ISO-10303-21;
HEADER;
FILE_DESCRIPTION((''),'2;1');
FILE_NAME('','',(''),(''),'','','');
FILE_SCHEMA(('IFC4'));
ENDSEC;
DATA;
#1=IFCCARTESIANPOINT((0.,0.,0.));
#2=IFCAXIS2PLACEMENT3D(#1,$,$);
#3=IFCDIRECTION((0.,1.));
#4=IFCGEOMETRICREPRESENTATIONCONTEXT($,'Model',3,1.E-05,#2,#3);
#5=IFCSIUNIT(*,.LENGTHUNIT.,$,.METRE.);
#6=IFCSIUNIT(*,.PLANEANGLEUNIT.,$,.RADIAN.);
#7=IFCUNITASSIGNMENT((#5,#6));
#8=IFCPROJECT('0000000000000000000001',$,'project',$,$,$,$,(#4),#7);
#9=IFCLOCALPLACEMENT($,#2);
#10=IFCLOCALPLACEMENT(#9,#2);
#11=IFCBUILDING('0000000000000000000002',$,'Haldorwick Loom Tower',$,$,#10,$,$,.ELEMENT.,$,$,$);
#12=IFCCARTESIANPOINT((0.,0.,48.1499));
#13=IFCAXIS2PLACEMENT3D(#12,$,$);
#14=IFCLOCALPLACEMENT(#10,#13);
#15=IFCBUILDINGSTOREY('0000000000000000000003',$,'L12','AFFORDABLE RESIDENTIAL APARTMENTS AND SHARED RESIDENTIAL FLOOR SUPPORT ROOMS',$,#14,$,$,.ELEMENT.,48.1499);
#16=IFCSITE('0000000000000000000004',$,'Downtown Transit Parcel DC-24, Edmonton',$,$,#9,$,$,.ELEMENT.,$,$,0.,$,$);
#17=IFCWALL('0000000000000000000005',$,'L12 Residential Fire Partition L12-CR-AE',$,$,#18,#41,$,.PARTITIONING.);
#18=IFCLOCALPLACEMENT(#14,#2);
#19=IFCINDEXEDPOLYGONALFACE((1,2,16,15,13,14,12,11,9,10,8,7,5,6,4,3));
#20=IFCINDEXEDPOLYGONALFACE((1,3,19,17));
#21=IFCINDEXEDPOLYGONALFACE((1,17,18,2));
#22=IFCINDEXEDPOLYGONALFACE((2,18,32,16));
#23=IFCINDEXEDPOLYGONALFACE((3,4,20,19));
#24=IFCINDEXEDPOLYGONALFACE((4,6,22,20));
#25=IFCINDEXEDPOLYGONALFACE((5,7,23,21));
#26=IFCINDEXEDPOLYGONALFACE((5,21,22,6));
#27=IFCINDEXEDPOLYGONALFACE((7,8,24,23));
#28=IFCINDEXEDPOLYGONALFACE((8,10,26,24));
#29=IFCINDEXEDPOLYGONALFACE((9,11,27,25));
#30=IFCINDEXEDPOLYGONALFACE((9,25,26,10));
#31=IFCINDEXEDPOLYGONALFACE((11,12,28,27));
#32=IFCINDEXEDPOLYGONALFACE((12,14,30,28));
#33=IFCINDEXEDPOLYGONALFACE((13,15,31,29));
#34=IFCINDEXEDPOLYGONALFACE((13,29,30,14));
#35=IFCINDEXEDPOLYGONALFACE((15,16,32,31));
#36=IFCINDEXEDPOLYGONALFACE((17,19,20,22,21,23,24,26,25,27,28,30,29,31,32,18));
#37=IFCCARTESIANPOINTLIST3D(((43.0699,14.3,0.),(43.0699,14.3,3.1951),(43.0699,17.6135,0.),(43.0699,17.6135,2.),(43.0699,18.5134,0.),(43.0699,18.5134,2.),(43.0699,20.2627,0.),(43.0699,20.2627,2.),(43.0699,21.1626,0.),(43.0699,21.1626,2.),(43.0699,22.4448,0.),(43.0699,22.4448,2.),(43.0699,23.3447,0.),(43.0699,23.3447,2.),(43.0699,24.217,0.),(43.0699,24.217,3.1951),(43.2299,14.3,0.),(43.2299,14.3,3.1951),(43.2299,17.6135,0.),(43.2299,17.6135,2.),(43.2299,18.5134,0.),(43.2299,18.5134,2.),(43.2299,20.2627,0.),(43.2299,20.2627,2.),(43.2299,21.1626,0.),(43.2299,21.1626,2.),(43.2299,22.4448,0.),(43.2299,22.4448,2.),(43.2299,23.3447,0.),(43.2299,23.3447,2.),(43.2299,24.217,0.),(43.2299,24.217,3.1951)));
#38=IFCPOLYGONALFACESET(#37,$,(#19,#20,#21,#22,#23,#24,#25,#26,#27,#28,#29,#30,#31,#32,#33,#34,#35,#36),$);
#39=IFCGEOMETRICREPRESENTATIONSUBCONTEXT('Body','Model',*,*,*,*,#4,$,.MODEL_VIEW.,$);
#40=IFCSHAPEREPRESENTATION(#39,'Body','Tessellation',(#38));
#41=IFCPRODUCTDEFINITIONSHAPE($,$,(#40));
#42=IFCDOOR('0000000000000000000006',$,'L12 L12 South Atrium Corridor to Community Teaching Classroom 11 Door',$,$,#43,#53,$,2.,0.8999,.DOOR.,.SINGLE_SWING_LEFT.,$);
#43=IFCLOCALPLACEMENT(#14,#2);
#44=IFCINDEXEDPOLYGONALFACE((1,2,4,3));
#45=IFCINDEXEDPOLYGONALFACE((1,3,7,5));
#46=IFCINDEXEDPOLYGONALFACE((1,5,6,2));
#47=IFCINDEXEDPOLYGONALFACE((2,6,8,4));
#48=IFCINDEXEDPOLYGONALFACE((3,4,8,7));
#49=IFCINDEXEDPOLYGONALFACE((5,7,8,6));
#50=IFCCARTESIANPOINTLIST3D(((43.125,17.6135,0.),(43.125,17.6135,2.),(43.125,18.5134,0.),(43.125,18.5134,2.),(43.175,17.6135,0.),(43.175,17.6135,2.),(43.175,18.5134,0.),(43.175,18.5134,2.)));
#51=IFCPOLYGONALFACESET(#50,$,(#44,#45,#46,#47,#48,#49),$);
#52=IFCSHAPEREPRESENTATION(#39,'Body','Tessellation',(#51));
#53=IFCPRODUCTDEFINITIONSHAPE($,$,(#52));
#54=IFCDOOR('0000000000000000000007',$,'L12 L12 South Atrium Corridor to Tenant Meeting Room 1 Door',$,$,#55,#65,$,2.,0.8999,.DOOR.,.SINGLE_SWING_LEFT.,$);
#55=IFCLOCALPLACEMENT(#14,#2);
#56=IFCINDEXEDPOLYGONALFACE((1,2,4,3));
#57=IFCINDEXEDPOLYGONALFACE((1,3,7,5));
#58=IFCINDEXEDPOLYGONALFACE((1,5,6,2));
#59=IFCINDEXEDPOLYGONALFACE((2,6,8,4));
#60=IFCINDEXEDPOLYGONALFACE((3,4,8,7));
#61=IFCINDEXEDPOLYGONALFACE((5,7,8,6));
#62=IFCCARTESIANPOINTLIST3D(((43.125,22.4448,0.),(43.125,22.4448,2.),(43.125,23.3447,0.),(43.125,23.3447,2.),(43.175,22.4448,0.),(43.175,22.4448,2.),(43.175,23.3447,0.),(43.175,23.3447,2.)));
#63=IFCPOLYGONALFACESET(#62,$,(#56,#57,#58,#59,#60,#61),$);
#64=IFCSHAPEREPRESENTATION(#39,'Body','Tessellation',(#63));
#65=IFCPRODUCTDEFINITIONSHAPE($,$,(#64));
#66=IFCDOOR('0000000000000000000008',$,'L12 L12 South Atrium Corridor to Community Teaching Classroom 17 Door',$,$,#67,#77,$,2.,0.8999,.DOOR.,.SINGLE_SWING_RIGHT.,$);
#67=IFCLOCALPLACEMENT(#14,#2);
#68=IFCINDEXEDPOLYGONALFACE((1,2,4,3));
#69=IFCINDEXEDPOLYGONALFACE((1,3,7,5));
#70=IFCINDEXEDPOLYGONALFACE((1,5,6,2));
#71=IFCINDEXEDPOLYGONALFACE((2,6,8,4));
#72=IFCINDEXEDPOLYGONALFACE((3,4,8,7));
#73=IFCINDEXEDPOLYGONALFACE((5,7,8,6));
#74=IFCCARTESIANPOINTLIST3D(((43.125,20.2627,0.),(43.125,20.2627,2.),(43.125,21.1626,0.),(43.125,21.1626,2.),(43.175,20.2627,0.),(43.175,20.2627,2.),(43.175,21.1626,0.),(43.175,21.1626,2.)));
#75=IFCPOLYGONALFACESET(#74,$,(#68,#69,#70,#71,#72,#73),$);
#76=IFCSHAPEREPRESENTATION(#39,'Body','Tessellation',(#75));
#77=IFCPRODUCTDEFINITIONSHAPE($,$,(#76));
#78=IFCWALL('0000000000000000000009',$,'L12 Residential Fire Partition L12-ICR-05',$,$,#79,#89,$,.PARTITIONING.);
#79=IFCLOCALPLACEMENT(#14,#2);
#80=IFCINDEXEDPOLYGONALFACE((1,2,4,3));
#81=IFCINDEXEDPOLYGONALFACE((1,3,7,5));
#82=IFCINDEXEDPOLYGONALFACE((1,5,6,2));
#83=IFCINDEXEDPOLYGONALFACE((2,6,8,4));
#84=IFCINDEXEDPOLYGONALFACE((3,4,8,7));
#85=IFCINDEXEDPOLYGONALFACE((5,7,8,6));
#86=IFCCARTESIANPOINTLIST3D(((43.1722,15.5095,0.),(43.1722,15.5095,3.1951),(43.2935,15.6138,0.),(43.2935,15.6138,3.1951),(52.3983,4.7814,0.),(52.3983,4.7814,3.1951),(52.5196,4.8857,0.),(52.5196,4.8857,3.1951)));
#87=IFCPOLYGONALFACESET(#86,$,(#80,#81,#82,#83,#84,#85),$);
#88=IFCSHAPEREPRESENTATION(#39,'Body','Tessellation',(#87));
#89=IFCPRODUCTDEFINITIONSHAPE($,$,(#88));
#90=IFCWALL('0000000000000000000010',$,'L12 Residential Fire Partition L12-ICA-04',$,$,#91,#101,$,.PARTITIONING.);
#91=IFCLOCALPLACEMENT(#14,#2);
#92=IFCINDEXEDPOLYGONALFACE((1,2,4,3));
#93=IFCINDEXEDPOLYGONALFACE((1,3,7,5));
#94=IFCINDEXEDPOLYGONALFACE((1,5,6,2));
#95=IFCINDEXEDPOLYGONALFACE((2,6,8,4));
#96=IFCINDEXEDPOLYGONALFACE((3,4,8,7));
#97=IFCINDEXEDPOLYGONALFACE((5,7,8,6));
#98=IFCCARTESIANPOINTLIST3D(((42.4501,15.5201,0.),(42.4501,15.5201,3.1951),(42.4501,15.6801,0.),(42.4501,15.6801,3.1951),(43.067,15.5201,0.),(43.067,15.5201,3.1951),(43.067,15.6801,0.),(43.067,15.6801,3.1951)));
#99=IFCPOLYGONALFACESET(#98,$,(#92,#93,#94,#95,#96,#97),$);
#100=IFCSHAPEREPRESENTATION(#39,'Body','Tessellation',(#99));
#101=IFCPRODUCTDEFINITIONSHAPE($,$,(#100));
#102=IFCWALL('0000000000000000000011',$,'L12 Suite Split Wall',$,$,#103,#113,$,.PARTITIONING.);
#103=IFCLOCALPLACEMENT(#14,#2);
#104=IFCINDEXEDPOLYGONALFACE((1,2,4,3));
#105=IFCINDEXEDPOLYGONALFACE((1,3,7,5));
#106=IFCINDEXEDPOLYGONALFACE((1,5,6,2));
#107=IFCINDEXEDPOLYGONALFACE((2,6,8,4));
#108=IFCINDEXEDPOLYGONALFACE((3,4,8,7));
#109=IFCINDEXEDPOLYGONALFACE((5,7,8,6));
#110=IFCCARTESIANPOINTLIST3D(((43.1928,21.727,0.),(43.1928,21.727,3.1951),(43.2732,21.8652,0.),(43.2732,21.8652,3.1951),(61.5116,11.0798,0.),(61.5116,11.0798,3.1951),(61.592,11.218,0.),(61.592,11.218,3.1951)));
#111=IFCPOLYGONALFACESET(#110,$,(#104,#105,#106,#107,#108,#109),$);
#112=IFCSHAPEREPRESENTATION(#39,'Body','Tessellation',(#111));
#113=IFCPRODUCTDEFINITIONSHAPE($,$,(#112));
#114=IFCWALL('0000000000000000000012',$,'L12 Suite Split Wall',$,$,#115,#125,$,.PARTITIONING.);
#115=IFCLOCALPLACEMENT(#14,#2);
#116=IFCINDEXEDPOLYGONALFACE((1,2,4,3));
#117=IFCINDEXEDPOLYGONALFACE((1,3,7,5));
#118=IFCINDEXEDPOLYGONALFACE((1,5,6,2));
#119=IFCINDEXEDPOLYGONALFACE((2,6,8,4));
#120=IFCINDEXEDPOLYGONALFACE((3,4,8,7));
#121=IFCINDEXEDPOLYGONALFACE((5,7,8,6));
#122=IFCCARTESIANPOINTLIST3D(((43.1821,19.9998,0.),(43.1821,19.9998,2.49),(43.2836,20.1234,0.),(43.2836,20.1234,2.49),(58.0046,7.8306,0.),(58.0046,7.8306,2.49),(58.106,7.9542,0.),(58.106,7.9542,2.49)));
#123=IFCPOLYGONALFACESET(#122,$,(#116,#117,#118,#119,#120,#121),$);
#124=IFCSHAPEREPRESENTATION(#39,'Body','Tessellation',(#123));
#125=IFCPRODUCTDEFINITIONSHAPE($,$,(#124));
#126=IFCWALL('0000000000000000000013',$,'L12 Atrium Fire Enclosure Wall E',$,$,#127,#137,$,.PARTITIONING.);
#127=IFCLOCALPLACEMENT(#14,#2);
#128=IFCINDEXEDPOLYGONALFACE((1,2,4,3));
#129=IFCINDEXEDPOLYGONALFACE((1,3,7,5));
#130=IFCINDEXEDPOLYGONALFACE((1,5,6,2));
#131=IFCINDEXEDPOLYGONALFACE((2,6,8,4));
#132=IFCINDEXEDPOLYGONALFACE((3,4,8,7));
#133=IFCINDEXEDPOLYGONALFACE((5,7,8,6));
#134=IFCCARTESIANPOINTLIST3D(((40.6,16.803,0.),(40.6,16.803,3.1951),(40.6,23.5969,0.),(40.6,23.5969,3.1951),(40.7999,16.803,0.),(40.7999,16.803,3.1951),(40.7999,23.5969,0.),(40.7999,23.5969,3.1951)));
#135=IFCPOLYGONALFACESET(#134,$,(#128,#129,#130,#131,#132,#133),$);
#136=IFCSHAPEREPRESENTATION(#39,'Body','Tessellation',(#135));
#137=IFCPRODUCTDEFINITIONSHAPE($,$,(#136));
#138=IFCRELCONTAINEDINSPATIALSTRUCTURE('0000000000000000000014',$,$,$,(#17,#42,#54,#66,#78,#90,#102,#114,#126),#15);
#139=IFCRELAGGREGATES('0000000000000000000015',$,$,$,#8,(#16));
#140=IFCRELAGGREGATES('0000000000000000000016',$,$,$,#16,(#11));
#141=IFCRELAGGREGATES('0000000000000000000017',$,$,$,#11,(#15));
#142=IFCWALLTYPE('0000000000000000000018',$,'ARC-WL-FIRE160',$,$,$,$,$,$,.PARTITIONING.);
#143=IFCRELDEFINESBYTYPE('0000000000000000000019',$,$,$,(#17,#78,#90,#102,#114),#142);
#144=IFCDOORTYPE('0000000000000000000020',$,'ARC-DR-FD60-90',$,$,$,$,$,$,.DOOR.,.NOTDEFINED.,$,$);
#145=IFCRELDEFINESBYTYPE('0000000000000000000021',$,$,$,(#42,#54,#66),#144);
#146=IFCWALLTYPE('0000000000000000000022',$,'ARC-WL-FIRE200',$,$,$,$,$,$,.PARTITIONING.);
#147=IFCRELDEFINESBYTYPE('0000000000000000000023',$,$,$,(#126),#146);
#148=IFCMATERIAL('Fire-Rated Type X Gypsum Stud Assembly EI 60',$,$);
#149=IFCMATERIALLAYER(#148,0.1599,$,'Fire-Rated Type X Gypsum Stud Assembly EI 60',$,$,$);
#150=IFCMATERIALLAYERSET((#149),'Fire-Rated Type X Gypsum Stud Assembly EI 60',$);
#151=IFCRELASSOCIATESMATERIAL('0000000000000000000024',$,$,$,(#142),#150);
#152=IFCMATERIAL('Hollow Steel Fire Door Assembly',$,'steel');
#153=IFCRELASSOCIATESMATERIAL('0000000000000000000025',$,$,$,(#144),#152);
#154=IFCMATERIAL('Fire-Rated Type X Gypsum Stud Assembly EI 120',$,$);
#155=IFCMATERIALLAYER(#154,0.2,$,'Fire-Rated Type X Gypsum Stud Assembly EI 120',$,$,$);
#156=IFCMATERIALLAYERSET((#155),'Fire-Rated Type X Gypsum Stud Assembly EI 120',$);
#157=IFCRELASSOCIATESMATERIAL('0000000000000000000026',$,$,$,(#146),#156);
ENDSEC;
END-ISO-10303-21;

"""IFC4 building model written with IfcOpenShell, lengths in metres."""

from ifc_helpers import new_model, si_unit, direction, frame, frame_2d, origin, place, context, subcontext, project, spatial, rectangle, extrude, material, layer, layer_set, type_object, element, fill, save


model = new_model("IFC4")

# Units and contexts
model_context = context("Model", 3, precision=1e-05, world=origin(), true_north=direction((0.0, 1.0)))
body_context = subcontext(model_context, "Body", "Model", "MODEL_VIEW")
ifc_project = project(units=[si_unit("LENGTHUNIT", "METRE"), si_unit("PLANEANGLEUNIT", "RADIAN")], contexts=[model_context])

# Site, building, storey
site_placement = place(None, origin())
site = spatial("IfcSite", under=ifc_project, at=site_placement, Name="Downtown Transit Parcel DC-24, Edmonton", CompositionType="ELEMENT", RefElevation=0.0)
building_placement = place(site_placement, origin())
building = spatial("IfcBuilding", under=site, at=building_placement, Name="Haldorwick Loom Tower", CompositionType="ELEMENT")
storey_placement = place(building_placement, frame((0.0, 0.0, 48.1499)))
storey = spatial("IfcBuildingStorey", under=building, at=storey_placement, Name="L12", Description="AFFORDABLE RESIDENTIAL APARTMENTS AND SHARED RESIDENTIAL FLOOR SUPPORT ROOMS", CompositionType="ELEMENT", Elevation=48.1499)

# Wall, openings, doors
ifc_material_1 = material(Name="Fire-Rated Type X Gypsum Stud Assembly EI 60")
ifc_layer_1 = layer(ifc_material_1, 0.1599, Name="Fire-Rated Type X Gypsum Stud Assembly EI 60")
ifc_layer_set_1 = layer_set([ifc_layer_1], Name="Fire-Rated Type X Gypsum Stud Assembly EI 60")
wall_type_1 = type_object("IfcWallType", Name="ARC-WL-FIRE160", PredefinedType="PARTITIONING", material=ifc_layer_set_1)
wall_1_placement = place(storey_placement, frame((43.1499, 14.3, 0.0), z_axis=(0.0, 0.0, 1.0), x_axis=(0.0, 1.0, 0.0)))
wall_1 = element("IfcWall", 1, at=wall_1_placement, inside=storey, type_object=wall_type_1, Name="L12 Residential Fire Partition L12-CR-AE", PredefinedType="PARTITIONING", context=body_context, shape_type="SweptSolid", body=[
    extrude(rectangle(XDim=9.917, YDim=0.1599, at=frame_2d((4.9585, 0.0))), origin(), (0.0, 0.0, 1.0), 3.1951),
])
opening_1_placement = place(wall_1_placement, frame((3.3135, 0.0, 0.0)))
opening_1 = element("IfcOpeningElement", 2, at=opening_1_placement, cuts=wall_1, PredefinedType="OPENING", context=body_context, shape_type="SweptSolid", body=[
    extrude(rectangle(XDim=0.8999, YDim=2.0, at=frame_2d((0.45, 1.0))), frame((0.0, 0.0898, 0.0), z_axis=(0.0, -1.0, 0.0), x_axis=(1.0, 0.0, 0.0)), (0.0, 0.0, 1.0), 0.1799),
])
opening_2_placement = place(wall_1_placement, frame((8.1448, 0.0, 0.0)))
opening_2 = element("IfcOpeningElement", 3, at=opening_2_placement, cuts=wall_1, PredefinedType="OPENING", context=body_context, shape_type="SweptSolid", body=[
    extrude(rectangle(XDim=0.8999, YDim=2.0, at=frame_2d((0.45, 1.0))), frame((0.0, 0.0898, 0.0), z_axis=(0.0, -1.0, 0.0), x_axis=(1.0, 0.0, 0.0)), (0.0, 0.0, 1.0), 0.1799),
])
opening_3_placement = place(wall_1_placement, frame((5.9626, 0.0, 0.0)))
opening_3 = element("IfcOpeningElement", 4, at=opening_3_placement, cuts=wall_1, PredefinedType="OPENING", context=body_context, shape_type="SweptSolid", body=[
    extrude(rectangle(XDim=0.8999, YDim=2.0, at=frame_2d((0.45, 1.0))), frame((0.0, 0.0898, 0.0), z_axis=(0.0, -1.0, 0.0), x_axis=(1.0, 0.0, 0.0)), (0.0, 0.0, 1.0), 0.1799),
])
ifc_material_2 = material(Name="Hollow Steel Fire Door Assembly", Category="steel")
door_type = type_object("IfcDoorType", Name="ARC-DR-FD60-90", OperationType="NOTDEFINED", PredefinedType="DOOR", material=ifc_material_2)
door_1_placement = place(opening_1_placement, origin())
door_1 = element("IfcDoor", 5, at=door_1_placement, inside=storey, type_object=door_type, Name="L12 L12 South Atrium Corridor to Community Teaching Classroom 11 Door", OperationType="SINGLE_SWING_LEFT", OverallHeight=2.0, OverallWidth=0.8999, PredefinedType="DOOR", context=body_context, shape_type="SweptSolid", body=[
    extrude(rectangle(XDim=0.8999, YDim=2.0, at=frame_2d((0.45, 1.0))), frame((0.0, 0.0249, 0.0), z_axis=(0.0, -1.0, 0.0), x_axis=(1.0, 0.0, 0.0)), (0.0, 0.0, 1.0), 0.05),
])
fill(opening_1, door_1)
door_2_placement = place(opening_2_placement, origin())
door_2 = element("IfcDoor", 6, at=door_2_placement, inside=storey, type_object=door_type, Name="L12 L12 South Atrium Corridor to Tenant Meeting Room 1 Door", OperationType="SINGLE_SWING_LEFT", OverallHeight=2.0, OverallWidth=0.8999, PredefinedType="DOOR", context=body_context, shape_type="SweptSolid", body=[
    extrude(rectangle(XDim=0.8999, YDim=2.0, at=frame_2d((0.45, 1.0))), frame((0.0, 0.0249, 0.0), z_axis=(0.0, -1.0, 0.0), x_axis=(1.0, 0.0, 0.0)), (0.0, 0.0, 1.0), 0.05),
])
fill(opening_2, door_2)
door_3_placement = place(opening_3_placement, origin())
door_3 = element("IfcDoor", 7, at=door_3_placement, inside=storey, type_object=door_type, Name="L12 L12 South Atrium Corridor to Community Teaching Classroom 17 Door", OperationType="SINGLE_SWING_RIGHT", OverallHeight=2.0, OverallWidth=0.8999, PredefinedType="DOOR", context=body_context, shape_type="SweptSolid", body=[
    extrude(rectangle(XDim=0.8999, YDim=2.0, at=frame_2d((0.45, 1.0))), frame((0.0, 0.0249, 0.0), z_axis=(0.0, -1.0, 0.0), x_axis=(1.0, 0.0, 0.0)), (0.0, 0.0, 1.0), 0.05),
])
fill(opening_3, door_3)

# Walls
wall_2_placement = place(storey_placement, frame((43.2329, 15.5615, 0.0), z_axis=(0.0, 0.0, 1.0), x_axis=(0.652038, -0.758186, 0.0)))
element("IfcWall", 8, at=wall_2_placement, inside=storey, type_object=wall_type_1, Name="L12 Residential Fire Partition L12-ICR-05", PredefinedType="PARTITIONING", context=body_context, shape_type="SweptSolid", body=[
    extrude(rectangle(XDim=14.1497, YDim=0.1599, at=frame_2d((7.0747, 0.0))), origin(), (0.0, 0.0, 1.0), 3.1951),
])
wall_3_placement = place(storey_placement, frame((42.45, 15.6001, 0.0), z_axis=(0.0, 0.0, 1.0), x_axis=(1.0, 0.0, 0.0)))
element("IfcWall", 9, at=wall_3_placement, inside=storey, type_object=wall_type_1, Name="L12 Residential Fire Partition L12-ICA-04", PredefinedType="PARTITIONING", context=body_context, shape_type="SweptSolid", body=[
    extrude(rectangle(XDim=0.6169, YDim=0.1599, at=frame_2d((0.3086, 0.0))), origin(), (0.0, 0.0, 1.0), 3.1951),
])
wall_4_placement = place(storey_placement, frame((43.2329, 21.7961, 0.0), z_axis=(0.0, 0.0, 1.0), x_axis=(0.864574, -0.502505, 0.0)))
element("IfcWall", 10, at=wall_4_placement, inside=storey, type_object=wall_type_1, Name="L12 Suite Split Wall", PredefinedType="PARTITIONING", context=body_context, shape_type="SweptSolid", body=[
    extrude(rectangle(XDim=21.1882, YDim=0.1599, at=frame_2d((10.5942, 0.0))), origin(), (0.0, 0.0, 1.0), 3.1951),
])
wall_5_placement = place(storey_placement, frame((43.2329, 20.0615, 0.0), z_axis=(0.0, 0.0, 1.0), x_axis=(0.772891, -0.634539, 0.0)))
element("IfcWall", 11, at=wall_5_placement, inside=storey, type_object=wall_type_1, Name="L12 Suite Split Wall", PredefinedType="PARTITIONING", context=body_context, shape_type="SweptSolid", body=[
    extrude(rectangle(XDim=19.178, YDim=0.1599, at=frame_2d((9.5889, 0.0))), origin(), (0.0, 0.0, 1.0), 2.49),
])
ifc_material_3 = material(Name="Fire-Rated Type X Gypsum Stud Assembly EI 120")
ifc_layer_2 = layer(ifc_material_3, 0.2, Name="Fire-Rated Type X Gypsum Stud Assembly EI 120")
ifc_layer_set_2 = layer_set([ifc_layer_2], Name="Fire-Rated Type X Gypsum Stud Assembly EI 120")
wall_type_2 = type_object("IfcWallType", Name="ARC-WL-FIRE200", PredefinedType="PARTITIONING", material=ifc_layer_set_2)
wall_6_placement = place(storey_placement, frame((40.7, 23.5969, 0.0), z_axis=(0.0, 0.0, 1.0), x_axis=(0.0, -1.0, 0.0)))
element("IfcWall", 12, at=wall_6_placement, inside=storey, type_object=wall_type_2, Name="L12 Atrium Fire Enclosure Wall E", PredefinedType="PARTITIONING", context=body_context, shape_type="SweptSolid", body=[
    extrude(rectangle(XDim=6.7939, YDim=0.2, at=frame_2d((3.397, 0.0))), origin(), (0.0, 0.0, 1.0), 3.1951),
])

save(model, "model.ifc")
